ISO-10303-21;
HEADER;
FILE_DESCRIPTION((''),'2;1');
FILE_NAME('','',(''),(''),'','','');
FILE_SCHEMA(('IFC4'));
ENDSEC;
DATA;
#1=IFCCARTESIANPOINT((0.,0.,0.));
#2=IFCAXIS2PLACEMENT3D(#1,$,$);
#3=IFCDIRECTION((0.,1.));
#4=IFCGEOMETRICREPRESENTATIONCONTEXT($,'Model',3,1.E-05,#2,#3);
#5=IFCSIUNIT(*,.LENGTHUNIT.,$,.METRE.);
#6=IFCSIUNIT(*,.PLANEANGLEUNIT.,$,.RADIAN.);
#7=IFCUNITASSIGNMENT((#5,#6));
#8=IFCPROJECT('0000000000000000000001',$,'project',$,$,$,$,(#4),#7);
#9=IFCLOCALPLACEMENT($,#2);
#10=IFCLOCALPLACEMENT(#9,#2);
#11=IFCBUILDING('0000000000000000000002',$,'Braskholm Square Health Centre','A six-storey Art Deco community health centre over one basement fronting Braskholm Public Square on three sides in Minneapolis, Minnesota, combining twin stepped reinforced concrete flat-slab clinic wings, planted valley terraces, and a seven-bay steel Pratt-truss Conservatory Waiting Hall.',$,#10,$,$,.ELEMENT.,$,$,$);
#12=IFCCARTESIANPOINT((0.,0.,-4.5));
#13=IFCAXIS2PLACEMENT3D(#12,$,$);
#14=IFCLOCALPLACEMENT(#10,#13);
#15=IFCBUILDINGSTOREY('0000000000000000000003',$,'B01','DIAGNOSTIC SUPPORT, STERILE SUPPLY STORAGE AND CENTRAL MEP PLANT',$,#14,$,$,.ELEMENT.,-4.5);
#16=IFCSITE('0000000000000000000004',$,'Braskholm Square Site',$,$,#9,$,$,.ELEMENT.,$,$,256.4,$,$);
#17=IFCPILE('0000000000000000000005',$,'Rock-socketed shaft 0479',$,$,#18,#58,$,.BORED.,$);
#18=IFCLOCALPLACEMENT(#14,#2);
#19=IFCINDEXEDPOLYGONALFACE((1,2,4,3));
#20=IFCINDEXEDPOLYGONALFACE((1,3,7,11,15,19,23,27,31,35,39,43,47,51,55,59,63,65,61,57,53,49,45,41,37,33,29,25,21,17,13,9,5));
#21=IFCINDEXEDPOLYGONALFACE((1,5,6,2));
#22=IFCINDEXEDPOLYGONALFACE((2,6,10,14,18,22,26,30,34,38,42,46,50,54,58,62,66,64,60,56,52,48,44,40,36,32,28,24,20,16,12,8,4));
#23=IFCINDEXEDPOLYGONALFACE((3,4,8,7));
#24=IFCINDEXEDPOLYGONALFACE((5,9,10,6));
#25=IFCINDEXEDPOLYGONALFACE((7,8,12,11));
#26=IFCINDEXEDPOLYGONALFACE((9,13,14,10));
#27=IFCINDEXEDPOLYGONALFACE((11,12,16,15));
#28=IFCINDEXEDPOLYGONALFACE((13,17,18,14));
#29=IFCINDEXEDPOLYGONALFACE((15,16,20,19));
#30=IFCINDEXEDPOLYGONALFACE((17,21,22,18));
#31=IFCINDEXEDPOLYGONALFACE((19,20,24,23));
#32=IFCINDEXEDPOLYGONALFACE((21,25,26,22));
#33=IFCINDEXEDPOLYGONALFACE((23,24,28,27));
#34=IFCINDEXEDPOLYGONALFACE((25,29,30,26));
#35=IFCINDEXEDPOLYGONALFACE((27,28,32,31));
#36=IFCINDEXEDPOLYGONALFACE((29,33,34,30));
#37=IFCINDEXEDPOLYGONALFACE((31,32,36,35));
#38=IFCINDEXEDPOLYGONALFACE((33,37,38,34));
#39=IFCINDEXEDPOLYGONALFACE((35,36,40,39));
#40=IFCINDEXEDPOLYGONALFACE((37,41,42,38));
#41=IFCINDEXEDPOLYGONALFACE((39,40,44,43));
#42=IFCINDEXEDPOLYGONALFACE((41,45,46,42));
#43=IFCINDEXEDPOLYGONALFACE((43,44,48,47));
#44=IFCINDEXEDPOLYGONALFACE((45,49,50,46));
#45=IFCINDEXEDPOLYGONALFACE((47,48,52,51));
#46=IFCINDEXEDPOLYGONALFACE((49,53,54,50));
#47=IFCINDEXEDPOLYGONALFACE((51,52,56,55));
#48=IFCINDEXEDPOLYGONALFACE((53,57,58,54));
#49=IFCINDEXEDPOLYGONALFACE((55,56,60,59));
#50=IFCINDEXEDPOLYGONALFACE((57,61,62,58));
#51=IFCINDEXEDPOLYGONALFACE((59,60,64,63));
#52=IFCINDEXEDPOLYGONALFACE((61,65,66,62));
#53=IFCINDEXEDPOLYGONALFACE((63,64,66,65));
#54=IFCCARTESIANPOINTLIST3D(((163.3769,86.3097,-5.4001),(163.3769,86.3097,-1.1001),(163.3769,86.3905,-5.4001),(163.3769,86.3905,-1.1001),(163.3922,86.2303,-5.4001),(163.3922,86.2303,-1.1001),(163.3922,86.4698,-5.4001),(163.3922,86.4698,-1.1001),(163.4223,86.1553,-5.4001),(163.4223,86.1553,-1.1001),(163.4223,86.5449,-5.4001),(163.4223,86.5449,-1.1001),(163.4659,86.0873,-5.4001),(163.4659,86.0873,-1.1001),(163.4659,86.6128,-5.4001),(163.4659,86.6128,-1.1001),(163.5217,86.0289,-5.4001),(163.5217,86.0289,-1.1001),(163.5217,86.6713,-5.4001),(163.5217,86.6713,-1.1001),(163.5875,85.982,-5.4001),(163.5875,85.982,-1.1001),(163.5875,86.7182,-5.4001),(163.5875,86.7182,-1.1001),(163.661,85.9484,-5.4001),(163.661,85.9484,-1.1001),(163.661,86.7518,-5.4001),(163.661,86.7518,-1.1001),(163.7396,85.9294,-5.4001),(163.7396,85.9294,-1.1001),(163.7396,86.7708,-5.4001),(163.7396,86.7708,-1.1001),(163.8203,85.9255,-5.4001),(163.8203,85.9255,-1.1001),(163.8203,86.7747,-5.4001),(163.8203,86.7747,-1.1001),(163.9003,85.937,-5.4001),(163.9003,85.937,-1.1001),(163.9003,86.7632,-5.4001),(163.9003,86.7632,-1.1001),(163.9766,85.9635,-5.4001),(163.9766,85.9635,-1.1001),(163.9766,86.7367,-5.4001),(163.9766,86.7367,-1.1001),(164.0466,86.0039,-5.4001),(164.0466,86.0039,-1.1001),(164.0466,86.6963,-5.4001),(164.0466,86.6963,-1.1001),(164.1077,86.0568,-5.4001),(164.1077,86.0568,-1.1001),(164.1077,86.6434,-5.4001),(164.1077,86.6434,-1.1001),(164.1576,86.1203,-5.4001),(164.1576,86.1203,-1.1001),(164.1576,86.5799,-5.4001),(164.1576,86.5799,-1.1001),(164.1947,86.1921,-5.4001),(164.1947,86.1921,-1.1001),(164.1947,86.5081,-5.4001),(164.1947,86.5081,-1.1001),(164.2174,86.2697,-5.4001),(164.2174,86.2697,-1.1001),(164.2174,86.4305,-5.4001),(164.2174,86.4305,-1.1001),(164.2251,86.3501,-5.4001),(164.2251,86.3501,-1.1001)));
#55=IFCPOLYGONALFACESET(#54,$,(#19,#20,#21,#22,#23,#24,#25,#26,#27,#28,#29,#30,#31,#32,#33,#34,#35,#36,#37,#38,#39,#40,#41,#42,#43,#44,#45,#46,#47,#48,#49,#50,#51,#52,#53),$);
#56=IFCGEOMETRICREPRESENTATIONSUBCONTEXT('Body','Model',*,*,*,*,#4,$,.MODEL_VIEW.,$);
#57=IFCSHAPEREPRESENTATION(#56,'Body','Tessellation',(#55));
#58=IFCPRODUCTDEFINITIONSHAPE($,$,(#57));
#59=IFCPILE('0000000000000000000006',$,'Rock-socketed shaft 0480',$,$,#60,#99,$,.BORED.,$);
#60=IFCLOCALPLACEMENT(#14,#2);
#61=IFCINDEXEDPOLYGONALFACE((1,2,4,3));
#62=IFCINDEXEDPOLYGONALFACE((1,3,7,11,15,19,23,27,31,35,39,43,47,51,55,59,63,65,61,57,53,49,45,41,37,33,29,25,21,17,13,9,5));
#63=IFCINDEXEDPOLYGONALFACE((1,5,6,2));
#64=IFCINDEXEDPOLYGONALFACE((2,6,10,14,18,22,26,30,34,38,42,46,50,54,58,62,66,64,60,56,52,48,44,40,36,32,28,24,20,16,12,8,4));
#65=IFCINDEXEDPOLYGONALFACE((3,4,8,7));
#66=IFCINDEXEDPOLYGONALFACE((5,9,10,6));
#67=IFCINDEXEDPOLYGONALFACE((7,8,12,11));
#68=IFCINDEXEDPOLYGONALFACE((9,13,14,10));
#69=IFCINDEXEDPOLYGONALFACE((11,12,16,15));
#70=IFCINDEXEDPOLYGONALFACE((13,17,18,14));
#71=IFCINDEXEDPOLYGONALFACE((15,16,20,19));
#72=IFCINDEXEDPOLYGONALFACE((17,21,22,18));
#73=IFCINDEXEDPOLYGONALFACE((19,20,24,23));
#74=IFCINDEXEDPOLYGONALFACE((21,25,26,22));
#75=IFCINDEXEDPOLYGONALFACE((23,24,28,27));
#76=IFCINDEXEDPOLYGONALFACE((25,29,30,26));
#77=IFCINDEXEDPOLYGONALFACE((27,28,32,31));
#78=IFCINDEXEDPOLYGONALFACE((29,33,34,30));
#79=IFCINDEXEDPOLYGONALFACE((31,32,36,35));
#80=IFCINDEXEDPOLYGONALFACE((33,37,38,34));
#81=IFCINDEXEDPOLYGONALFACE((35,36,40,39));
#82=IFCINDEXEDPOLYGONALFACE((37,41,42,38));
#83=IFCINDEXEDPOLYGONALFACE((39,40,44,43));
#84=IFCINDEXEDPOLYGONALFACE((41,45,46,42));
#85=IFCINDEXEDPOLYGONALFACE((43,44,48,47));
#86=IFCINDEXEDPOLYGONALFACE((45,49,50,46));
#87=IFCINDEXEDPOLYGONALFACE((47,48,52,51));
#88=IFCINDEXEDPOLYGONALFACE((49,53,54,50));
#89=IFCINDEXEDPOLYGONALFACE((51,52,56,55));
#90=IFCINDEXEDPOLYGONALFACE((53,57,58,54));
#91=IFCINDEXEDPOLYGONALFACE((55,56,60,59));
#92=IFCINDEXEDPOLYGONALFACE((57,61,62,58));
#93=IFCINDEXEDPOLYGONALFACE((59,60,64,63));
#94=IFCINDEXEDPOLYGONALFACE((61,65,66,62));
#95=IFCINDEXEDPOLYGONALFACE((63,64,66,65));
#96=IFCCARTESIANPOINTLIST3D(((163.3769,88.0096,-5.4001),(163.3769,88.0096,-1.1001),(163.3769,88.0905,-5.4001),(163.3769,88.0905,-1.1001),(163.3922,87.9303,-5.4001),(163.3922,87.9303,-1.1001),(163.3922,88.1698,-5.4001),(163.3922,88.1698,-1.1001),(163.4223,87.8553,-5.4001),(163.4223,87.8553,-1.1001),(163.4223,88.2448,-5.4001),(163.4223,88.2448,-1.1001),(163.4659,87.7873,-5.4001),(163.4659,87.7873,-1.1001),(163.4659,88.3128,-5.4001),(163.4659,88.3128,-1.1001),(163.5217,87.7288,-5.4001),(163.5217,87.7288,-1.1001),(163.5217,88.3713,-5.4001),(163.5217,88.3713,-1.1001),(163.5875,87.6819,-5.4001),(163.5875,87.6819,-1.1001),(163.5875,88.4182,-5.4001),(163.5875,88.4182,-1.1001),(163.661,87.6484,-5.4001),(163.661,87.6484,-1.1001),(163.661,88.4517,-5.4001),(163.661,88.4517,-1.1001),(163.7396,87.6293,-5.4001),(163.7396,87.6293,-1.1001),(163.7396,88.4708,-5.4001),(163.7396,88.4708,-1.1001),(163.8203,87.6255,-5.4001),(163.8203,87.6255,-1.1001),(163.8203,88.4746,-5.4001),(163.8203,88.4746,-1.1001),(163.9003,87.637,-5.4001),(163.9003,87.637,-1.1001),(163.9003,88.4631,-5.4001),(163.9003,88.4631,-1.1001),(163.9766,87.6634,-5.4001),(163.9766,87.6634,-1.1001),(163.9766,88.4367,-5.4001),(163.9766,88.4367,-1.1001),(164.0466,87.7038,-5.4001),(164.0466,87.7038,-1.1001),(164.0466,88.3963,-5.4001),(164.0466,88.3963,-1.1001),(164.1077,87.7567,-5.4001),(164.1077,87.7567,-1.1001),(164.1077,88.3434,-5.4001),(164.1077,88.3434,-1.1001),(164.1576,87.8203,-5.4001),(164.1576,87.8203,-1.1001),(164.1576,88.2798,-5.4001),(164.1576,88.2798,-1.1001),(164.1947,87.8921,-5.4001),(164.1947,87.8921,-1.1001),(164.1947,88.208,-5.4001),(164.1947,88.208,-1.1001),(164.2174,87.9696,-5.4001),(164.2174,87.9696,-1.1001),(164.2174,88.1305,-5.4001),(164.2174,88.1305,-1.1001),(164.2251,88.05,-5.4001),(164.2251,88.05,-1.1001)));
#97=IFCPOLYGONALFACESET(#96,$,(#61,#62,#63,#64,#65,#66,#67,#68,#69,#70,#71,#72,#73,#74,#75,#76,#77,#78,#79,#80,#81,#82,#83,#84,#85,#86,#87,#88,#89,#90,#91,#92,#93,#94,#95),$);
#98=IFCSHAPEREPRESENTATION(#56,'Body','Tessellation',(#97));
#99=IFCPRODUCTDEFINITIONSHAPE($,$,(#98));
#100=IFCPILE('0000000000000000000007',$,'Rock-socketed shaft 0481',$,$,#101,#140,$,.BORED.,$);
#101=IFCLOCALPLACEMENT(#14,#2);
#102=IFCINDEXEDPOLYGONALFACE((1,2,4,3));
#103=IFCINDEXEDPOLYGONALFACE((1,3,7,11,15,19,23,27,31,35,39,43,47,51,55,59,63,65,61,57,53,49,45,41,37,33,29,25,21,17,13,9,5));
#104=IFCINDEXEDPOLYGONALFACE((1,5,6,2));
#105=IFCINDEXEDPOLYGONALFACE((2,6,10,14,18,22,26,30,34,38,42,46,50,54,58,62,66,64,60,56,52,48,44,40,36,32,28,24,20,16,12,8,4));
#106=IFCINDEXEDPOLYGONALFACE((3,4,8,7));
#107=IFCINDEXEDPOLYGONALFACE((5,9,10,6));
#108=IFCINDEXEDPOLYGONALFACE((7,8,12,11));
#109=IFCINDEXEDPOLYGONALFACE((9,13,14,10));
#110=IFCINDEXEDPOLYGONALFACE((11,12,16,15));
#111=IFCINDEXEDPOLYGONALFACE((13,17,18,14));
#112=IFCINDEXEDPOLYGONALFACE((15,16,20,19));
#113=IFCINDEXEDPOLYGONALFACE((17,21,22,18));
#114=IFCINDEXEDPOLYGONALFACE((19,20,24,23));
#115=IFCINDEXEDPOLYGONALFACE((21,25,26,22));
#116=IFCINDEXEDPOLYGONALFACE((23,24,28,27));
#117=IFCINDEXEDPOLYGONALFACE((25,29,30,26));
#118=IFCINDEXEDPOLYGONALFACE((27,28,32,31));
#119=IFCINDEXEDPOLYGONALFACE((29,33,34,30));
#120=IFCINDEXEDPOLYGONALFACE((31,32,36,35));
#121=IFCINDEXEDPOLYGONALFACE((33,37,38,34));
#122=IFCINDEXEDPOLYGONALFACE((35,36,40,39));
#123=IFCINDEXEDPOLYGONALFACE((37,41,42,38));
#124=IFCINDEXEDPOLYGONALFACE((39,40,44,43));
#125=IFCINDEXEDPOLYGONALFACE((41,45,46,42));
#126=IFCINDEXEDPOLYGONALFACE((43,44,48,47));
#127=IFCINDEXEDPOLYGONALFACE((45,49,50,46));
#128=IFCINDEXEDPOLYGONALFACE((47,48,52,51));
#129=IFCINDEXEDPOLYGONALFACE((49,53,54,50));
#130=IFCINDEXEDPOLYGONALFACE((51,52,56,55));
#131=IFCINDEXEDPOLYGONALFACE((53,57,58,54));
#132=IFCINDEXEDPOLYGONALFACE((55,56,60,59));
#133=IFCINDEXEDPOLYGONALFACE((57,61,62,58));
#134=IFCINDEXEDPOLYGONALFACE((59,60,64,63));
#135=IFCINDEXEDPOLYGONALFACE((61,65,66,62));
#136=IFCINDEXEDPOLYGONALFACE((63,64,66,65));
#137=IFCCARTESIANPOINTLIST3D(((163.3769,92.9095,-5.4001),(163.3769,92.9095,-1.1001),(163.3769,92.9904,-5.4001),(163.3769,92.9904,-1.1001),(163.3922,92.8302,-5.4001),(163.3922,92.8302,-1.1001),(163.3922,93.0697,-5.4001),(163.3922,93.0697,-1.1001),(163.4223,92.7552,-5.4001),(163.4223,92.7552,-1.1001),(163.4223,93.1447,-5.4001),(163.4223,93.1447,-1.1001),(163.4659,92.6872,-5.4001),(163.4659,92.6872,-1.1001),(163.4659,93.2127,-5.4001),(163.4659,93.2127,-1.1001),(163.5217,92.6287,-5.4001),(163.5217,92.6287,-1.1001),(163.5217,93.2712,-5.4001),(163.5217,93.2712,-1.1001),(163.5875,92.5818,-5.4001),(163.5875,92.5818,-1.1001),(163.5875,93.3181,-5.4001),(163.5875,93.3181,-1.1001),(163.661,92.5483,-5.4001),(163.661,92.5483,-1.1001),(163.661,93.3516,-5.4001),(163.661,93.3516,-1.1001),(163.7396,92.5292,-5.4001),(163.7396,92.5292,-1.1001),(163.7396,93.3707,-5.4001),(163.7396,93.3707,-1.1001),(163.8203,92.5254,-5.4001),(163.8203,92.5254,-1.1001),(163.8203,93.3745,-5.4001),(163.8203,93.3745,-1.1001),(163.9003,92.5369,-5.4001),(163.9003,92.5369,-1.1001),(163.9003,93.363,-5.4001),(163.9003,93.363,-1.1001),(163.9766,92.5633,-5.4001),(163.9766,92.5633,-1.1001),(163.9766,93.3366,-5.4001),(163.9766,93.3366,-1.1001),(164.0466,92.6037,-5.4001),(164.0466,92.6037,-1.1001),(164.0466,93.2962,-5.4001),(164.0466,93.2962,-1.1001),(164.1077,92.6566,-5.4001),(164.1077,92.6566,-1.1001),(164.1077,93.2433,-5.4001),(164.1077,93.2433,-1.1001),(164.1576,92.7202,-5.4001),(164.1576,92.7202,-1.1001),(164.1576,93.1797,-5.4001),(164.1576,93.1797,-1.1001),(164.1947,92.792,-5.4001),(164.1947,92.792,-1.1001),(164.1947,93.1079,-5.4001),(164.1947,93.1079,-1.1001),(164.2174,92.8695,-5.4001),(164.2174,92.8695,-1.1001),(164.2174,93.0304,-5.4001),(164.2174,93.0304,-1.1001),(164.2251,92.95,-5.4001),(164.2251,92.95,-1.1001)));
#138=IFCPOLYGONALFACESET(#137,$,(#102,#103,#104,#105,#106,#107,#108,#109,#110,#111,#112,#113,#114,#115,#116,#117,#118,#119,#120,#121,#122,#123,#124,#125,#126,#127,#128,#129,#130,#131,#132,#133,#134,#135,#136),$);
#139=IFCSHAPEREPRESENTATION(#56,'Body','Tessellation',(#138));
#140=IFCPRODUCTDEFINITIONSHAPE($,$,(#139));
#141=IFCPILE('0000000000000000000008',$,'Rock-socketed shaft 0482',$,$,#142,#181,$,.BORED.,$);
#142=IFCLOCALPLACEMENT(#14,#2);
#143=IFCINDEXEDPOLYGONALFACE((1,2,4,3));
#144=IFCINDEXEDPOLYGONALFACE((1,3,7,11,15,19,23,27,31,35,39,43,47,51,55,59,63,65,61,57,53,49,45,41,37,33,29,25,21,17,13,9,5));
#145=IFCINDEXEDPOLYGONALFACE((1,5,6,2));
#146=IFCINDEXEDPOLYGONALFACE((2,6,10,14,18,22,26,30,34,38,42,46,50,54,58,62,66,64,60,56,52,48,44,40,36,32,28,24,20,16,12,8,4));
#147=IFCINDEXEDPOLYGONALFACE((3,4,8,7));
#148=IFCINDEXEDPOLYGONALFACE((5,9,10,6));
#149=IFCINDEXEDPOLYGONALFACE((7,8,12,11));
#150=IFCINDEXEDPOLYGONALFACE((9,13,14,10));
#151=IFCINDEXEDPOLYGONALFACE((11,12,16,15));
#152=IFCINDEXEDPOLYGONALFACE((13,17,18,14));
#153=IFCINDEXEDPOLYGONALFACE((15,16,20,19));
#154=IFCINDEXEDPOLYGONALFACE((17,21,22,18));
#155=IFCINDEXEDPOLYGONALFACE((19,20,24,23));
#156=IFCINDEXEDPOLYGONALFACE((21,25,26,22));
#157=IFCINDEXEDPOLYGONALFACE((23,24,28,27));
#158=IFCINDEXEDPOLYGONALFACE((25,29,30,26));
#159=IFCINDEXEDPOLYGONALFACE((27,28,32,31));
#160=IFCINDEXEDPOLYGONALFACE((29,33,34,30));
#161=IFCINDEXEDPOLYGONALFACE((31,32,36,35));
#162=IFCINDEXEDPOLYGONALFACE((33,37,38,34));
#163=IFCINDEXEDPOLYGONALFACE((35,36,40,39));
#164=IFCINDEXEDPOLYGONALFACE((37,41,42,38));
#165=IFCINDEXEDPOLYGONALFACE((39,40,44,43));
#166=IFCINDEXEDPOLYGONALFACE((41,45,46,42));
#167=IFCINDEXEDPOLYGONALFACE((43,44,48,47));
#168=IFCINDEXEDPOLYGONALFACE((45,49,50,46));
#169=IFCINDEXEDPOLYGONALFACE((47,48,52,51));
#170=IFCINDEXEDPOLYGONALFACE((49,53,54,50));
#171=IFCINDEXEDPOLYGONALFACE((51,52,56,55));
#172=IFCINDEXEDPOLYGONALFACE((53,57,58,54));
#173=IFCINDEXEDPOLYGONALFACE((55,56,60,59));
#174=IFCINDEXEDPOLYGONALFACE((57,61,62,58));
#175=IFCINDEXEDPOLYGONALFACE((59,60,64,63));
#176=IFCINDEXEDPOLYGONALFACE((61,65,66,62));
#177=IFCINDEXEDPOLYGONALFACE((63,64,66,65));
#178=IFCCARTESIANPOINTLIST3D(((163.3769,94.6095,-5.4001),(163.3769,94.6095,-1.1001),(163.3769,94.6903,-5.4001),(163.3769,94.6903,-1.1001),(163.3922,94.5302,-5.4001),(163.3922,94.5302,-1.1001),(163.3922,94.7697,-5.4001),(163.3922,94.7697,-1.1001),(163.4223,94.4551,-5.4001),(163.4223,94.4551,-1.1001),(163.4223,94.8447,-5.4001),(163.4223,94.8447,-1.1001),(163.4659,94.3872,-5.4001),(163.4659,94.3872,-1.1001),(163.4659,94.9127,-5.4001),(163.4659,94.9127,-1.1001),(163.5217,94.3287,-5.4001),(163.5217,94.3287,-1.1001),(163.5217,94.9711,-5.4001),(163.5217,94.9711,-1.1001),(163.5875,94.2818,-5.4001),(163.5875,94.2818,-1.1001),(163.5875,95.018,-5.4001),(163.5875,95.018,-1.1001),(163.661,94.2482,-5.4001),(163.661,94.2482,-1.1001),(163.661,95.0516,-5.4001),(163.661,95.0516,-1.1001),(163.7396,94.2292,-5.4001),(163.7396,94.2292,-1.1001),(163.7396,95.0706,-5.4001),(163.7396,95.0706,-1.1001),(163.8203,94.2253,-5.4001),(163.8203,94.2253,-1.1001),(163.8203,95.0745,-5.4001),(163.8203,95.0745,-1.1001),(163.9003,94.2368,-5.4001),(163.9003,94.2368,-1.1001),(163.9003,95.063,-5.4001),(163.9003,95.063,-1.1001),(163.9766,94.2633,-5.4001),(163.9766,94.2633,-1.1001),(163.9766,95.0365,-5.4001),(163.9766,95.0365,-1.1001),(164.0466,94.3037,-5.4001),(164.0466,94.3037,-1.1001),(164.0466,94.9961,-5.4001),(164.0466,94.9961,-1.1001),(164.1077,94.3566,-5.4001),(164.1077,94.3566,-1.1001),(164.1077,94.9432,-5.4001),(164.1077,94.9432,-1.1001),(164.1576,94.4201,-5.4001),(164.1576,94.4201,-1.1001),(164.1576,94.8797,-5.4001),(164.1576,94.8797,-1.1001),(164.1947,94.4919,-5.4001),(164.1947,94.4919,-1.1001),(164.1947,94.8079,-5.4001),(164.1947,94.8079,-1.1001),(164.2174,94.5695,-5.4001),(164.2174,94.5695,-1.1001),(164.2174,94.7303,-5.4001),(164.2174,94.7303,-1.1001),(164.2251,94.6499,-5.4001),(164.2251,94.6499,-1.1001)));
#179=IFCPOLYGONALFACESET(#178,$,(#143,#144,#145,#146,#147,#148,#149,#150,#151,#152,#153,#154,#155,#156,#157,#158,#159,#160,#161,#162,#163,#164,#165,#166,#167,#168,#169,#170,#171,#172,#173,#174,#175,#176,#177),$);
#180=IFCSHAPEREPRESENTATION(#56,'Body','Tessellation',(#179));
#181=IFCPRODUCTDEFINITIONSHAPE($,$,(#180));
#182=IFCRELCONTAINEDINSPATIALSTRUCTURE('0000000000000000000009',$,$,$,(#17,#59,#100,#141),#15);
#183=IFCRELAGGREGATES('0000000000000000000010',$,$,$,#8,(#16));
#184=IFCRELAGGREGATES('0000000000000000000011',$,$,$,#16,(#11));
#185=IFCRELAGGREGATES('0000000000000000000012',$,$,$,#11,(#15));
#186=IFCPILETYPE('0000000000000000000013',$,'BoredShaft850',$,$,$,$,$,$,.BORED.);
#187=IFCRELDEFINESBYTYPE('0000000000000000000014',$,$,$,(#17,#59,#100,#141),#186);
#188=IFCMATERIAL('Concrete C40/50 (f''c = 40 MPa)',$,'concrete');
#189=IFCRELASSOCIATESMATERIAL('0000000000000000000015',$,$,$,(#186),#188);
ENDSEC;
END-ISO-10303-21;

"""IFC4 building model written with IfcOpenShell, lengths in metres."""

from ifc_helpers import new_model, si_unit, direction, frame, origin, origin_2d, place, context, subcontext, project, spatial, circle, extrude, material, material_profile, profile_set, type_object, element, save


model = new_model("IFC4")

# Units and contexts
model_context = context("Model", 3, precision=1e-05, world=origin(), true_north=direction((0.0, 1.0)))
body_context = subcontext(model_context, "Body", "Model", "MODEL_VIEW")
ifc_project = project(units=[si_unit("LENGTHUNIT", "METRE"), si_unit("PLANEANGLEUNIT", "RADIAN")], contexts=[model_context])

# Site, building, storey
site_placement = place(None, origin())
site = spatial("IfcSite", under=ifc_project, at=site_placement, Name="Braskholm Square Site", CompositionType="ELEMENT", RefElevation=256.4)
building_placement = place(site_placement, origin())
building = spatial("IfcBuilding", under=site, at=building_placement, Name="Braskholm Square Health Centre", Description="A six-storey Art Deco community health centre over one basement fronting Braskholm Public Square on three sides in Minneapolis, Minnesota, combining twin stepped reinforced concrete flat-slab clinic wings, planted valley terraces, and a seven-bay steel Pratt-truss Conservatory Waiting Hall.", CompositionType="ELEMENT")
storey_placement = place(building_placement, frame((0.0, 0.0, -4.5)))
storey = spatial("IfcBuildingStorey", under=building, at=storey_placement, Name="B01", Description="DIAGNOSTIC SUPPORT, STERILE SUPPLY STORAGE AND CENTRAL MEP PLANT", CompositionType="ELEMENT", Elevation=-4.5)

# Piles
ifc_material_1 = material(Name="Concrete C40/50 (f'c = 40 MPa)", Category="concrete")
ifc_material_profile_1 = material_profile(ifc_material_1, circle(Radius=0.425, at=origin_2d()), Name="BORED-PILE-850")
ifc_profile_set_1 = profile_set([ifc_material_profile_1], Name="Concrete C40/50 (f'c = 40 MPa)")
pile_type_1 = type_object("IfcPileType", Name="BoredShaft850", PredefinedType="BORED", material=ifc_profile_set_1)
for number, where, z_axis, x_axis, name in (
    (1, (163.8, 86.3501, -1.1001), (0.0, 0.0, -1.0), (1.0, 0.0, 0.0), "Rock-socketed shaft 0479"),
    (2, (163.8, 88.05, -1.1001), (0.0, 0.0, -1.0), (1.0, 0.0, 0.0), "Rock-socketed shaft 0480"),
    (3, (163.8, 92.95, -1.1001), (0.0, 0.0, -1.0), (1.0, 0.0, 0.0), "Rock-socketed shaft 0481"),
    (4, (163.8, 94.6499, -1.1001), (0.0, 0.0, -1.0), (1.0, 0.0, 0.0), "Rock-socketed shaft 0482"),
):
    element("IfcPile", number, at=place(storey_placement, frame(where, z_axis=z_axis, x_axis=x_axis)), inside=storey, type_object=pile_type_1, Name=name, PredefinedType="BORED", context=body_context, shape_type="SweptSolid", body=[
        extrude(circle(Radius=0.425, at=origin_2d()), origin(), (0.0, 0.0, 1.0), 4.3),
    ])

save(model, "model.ifc")
